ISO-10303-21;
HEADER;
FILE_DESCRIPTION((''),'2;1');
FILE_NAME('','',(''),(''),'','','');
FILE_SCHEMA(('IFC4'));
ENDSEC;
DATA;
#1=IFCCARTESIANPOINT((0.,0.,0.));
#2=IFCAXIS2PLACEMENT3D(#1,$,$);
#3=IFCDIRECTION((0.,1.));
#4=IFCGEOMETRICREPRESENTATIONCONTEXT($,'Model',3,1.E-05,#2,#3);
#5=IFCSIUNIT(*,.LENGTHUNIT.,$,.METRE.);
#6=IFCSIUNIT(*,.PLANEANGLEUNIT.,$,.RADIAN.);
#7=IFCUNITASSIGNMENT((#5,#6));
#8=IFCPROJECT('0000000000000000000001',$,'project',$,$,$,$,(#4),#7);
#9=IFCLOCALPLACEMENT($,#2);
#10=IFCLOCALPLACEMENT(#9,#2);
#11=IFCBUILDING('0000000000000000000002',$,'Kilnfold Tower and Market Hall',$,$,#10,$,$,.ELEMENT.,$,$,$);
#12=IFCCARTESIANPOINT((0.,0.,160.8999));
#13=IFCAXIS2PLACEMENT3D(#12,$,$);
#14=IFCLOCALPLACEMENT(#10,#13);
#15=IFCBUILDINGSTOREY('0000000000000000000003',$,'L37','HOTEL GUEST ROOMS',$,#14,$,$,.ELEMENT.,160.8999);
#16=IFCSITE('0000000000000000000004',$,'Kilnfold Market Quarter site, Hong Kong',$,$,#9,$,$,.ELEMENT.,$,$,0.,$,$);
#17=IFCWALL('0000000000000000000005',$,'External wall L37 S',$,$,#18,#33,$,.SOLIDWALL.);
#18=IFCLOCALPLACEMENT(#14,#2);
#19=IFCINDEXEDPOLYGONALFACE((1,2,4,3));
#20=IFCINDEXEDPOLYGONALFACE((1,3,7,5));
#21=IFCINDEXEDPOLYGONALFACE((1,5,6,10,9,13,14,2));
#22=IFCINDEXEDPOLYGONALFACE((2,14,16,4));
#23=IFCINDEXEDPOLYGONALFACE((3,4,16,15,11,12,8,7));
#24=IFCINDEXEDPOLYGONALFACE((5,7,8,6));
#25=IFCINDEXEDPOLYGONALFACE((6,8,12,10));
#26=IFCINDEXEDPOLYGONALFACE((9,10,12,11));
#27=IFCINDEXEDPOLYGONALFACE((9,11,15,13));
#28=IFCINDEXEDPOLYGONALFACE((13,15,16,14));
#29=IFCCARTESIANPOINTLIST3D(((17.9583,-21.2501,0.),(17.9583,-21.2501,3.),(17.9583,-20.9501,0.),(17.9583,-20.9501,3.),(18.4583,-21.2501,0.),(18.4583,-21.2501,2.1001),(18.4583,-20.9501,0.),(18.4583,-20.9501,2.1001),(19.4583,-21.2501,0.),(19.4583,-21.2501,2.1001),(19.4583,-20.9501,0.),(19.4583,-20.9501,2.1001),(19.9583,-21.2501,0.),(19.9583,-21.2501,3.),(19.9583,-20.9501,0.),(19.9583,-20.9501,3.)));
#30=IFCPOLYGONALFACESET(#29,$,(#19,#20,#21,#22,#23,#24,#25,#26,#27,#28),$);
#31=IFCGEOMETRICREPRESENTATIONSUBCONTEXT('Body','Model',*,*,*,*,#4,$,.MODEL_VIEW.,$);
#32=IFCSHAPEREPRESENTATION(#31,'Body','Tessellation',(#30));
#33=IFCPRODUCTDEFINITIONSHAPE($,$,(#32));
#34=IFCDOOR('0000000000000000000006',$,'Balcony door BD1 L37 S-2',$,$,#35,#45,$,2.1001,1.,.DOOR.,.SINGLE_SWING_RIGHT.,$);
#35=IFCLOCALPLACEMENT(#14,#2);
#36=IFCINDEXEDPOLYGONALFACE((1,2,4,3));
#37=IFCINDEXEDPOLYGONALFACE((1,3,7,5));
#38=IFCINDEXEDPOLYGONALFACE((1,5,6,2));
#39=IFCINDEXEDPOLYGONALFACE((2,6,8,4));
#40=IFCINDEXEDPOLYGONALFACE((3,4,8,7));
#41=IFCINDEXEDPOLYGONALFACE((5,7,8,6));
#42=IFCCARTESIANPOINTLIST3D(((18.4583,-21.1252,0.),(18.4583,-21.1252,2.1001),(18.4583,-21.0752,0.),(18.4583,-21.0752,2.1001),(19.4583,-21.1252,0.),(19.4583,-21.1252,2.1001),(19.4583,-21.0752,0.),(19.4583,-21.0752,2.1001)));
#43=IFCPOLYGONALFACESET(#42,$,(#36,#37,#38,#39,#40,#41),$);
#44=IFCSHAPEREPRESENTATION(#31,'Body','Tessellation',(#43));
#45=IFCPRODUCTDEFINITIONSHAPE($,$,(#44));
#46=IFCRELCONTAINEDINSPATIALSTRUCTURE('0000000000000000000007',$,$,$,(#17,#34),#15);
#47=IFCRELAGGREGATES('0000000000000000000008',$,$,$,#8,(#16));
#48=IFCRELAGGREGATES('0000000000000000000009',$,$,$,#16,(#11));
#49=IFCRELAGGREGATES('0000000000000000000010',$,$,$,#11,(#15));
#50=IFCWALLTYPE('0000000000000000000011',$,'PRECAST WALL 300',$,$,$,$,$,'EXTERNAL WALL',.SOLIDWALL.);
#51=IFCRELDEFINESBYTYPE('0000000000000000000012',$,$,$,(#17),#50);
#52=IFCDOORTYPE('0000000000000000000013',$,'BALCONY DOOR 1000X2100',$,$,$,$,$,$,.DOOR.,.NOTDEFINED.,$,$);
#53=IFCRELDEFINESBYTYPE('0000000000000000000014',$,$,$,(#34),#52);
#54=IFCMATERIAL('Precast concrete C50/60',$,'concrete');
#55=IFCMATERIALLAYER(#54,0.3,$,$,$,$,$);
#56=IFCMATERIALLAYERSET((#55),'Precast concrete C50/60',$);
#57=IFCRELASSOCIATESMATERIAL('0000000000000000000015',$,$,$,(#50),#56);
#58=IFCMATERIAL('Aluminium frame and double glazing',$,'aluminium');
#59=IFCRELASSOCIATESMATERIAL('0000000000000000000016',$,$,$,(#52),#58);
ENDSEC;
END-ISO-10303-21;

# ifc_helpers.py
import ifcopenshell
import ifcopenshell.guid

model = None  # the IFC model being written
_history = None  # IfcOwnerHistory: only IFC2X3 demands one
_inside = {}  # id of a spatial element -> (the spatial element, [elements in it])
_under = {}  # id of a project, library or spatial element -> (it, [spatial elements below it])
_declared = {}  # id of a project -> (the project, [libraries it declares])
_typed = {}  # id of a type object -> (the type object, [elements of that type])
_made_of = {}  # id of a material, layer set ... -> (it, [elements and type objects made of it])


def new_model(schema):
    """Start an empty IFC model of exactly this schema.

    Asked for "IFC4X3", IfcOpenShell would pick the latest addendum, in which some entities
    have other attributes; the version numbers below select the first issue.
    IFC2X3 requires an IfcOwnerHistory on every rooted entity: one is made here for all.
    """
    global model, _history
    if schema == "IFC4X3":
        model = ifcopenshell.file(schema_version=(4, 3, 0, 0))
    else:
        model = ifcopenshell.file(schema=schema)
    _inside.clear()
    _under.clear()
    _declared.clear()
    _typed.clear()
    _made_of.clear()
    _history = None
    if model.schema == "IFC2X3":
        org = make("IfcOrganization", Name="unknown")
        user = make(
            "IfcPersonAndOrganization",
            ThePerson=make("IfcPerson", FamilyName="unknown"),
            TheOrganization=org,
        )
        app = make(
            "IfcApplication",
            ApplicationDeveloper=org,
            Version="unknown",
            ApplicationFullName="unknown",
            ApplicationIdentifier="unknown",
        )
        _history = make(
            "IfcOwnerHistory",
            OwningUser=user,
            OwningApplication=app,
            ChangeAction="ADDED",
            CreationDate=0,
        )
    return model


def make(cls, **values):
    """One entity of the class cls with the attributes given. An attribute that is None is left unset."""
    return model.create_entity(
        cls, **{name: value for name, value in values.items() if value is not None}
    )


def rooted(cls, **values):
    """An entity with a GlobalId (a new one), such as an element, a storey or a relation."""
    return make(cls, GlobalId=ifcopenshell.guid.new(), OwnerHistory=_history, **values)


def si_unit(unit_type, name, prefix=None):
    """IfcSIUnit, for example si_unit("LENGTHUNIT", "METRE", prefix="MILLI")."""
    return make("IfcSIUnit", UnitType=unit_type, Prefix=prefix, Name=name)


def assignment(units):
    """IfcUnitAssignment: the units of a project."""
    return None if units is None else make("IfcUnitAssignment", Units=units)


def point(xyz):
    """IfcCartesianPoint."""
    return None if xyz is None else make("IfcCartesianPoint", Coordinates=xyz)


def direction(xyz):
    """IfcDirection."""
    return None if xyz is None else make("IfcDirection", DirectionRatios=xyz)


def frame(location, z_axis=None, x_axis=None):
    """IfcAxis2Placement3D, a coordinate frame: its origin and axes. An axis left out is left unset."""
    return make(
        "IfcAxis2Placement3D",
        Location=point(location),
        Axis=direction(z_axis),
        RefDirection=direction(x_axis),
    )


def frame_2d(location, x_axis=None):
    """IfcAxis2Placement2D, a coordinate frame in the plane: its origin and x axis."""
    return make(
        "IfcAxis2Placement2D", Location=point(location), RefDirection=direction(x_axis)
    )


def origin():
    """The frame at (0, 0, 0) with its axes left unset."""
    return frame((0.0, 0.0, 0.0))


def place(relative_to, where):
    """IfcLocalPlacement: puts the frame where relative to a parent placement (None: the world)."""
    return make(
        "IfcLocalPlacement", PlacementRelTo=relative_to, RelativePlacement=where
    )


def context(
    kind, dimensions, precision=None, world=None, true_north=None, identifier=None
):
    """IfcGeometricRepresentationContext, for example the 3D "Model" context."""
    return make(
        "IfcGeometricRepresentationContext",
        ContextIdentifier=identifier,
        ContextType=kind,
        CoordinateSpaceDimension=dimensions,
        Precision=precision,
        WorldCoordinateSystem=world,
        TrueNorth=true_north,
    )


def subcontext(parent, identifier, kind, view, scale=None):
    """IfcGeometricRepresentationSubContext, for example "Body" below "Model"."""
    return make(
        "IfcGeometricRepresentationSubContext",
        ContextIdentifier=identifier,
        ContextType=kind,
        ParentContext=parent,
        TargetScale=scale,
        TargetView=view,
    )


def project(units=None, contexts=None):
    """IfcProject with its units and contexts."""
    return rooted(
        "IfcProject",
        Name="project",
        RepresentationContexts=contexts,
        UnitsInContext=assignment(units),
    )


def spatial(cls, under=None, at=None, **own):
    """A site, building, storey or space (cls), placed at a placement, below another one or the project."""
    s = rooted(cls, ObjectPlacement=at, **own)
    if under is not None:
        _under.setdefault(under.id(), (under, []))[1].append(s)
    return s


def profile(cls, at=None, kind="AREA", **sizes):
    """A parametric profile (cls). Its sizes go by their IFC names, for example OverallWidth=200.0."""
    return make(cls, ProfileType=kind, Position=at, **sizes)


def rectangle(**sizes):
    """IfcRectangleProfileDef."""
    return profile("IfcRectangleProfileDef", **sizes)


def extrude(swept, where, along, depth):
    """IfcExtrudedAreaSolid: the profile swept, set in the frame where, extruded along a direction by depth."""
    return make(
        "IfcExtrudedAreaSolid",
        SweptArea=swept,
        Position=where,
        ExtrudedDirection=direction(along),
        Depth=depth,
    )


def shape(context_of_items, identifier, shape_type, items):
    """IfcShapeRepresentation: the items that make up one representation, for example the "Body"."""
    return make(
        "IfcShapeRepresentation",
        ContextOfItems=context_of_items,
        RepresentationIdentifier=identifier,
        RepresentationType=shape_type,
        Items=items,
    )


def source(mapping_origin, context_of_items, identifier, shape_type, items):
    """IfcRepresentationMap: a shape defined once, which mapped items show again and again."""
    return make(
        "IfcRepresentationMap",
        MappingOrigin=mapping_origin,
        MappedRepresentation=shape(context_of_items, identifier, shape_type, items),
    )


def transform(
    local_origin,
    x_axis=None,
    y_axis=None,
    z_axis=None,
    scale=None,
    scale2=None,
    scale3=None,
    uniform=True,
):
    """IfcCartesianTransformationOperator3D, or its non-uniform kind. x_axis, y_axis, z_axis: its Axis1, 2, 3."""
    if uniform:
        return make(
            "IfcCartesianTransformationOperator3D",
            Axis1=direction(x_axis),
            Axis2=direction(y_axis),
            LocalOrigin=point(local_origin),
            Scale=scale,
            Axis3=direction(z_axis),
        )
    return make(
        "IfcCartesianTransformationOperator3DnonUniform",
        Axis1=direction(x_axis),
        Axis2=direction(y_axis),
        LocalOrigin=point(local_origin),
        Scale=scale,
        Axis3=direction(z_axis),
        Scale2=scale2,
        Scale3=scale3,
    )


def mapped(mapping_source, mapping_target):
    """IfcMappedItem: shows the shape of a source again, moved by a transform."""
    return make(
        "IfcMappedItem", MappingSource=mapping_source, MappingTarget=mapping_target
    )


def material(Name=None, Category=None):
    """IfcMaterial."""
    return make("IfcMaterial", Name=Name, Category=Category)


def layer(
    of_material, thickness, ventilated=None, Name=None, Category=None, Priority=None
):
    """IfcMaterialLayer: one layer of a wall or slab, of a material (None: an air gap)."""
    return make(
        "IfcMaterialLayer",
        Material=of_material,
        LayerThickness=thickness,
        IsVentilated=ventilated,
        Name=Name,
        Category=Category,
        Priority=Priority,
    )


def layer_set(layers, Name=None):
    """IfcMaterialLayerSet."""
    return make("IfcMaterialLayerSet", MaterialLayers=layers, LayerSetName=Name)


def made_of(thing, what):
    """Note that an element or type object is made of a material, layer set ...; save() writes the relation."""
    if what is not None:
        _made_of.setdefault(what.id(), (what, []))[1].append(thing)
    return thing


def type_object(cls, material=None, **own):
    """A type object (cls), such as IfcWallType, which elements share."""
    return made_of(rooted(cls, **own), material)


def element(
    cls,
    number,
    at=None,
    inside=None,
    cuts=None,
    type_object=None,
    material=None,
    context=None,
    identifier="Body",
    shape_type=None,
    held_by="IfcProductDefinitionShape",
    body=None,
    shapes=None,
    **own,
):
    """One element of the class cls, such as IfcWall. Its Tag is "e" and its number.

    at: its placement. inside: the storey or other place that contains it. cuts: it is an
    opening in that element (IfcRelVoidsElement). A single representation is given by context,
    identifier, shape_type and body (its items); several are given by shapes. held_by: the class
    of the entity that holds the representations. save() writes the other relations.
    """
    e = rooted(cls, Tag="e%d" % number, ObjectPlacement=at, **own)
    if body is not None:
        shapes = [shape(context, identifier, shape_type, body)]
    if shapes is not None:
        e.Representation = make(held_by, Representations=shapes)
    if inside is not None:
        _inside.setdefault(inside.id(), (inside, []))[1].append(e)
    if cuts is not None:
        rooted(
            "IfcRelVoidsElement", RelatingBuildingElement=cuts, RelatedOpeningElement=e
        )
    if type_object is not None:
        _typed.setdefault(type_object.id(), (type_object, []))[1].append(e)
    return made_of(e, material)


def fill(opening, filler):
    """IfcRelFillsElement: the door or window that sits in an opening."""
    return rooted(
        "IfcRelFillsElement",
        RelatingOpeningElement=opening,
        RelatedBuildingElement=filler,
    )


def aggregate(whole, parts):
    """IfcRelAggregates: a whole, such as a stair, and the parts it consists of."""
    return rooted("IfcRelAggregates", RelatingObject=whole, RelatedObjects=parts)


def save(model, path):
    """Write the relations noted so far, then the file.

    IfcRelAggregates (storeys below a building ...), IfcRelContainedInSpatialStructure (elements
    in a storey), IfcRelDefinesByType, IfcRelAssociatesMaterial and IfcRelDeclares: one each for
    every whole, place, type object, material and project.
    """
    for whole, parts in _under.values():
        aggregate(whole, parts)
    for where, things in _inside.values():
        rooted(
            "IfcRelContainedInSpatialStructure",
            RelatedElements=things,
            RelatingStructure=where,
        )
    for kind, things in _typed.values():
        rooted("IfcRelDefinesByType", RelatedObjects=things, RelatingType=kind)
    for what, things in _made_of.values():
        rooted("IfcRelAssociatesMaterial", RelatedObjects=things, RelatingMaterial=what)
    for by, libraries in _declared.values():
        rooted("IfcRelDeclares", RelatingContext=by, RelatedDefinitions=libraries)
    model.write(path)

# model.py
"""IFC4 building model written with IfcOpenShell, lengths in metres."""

from ifc_helpers import new_model, si_unit, direction, frame, frame_2d, origin, place, context, subcontext, project, spatial, rectangle, extrude, source, transform, mapped, material, layer, layer_set, type_object, element, fill, save


model = new_model("IFC4")

# Units and contexts
model_context = context("Model", 3, precision=1e-05, world=origin(), true_north=direction((0.0, 1.0)))
body_context = subcontext(model_context, "Body", "Model", "MODEL_VIEW")
ifc_project = project(units=[si_unit("LENGTHUNIT", "METRE"), si_unit("PLANEANGLEUNIT", "RADIAN")], contexts=[model_context])

# Site, building, storey
site_placement = place(None, origin())
site = spatial("IfcSite", under=ifc_project, at=site_placement, Name="Kilnfold Market Quarter site, Hong Kong", CompositionType="ELEMENT", RefElevation=0.0)
building_placement = place(site_placement, origin())
building = spatial("IfcBuilding", under=site, at=building_placement, Name="Kilnfold Tower and Market Hall", CompositionType="ELEMENT")
storey_placement = place(building_placement, frame((0.0, 0.0, 160.8999)))
storey = spatial("IfcBuildingStorey", under=building, at=storey_placement, Name="L37", Description="HOTEL GUEST ROOMS", CompositionType="ELEMENT", Elevation=160.8999)

# Wall, opening, door
ifc_material_1 = material(Name="Precast concrete C50/60", Category="concrete")
ifc_layer_1 = layer(ifc_material_1, 0.3)
ifc_layer_set_1 = layer_set([ifc_layer_1], Name="Precast concrete C50/60")
wall_type_1 = type_object("IfcWallType", Name="PRECAST WALL 300", ElementType="EXTERNAL WALL", PredefinedType="SOLIDWALL", material=ifc_layer_set_1)
shared_shape_1 = source(origin(), body_context, "Body", "SweptSolid", [
    extrude(rectangle(XDim=2.0, YDim=0.3, at=frame_2d((1.0, 0.0))), origin(), (0.0, 0.0, 1.0), 3.0),
])
wall_1_placement = place(storey_placement, frame((17.9583, -21.1001, 0.0), z_axis=(0.0, 0.0, 1.0), x_axis=(1.0, 0.0, 0.0)))
wall_1 = element("IfcWall", 1, at=wall_1_placement, inside=storey, type_object=wall_type_1, Name="External wall L37 S", PredefinedType="SOLIDWALL", context=body_context, shape_type="MappedRepresentation", body=[
    mapped(shared_shape_1, transform((0.0, 0.0, 0.0))),
])
opening_1_placement = place(wall_1_placement, frame((0.5, 0.0, 0.0)))
opening_1 = element("IfcOpeningElement", 2, at=opening_1_placement, cuts=wall_1, PredefinedType="OPENING", context=body_context, shape_type="SweptSolid", body=[
    extrude(rectangle(XDim=1.0, YDim=2.1001, at=frame_2d((0.5, 1.05))), frame((0.0, 0.1602, 0.0), z_axis=(0.0, -1.0, 0.0), x_axis=(1.0, 0.0, 0.0)), (0.0, 0.0, 1.0), 0.3201),
])
ifc_material_2 = material(Name="Aluminium frame and double glazing", Category="aluminium")
door_type_1 = type_object("IfcDoorType", Name="BALCONY DOOR 1000X2100", OperationType="NOTDEFINED", PredefinedType="DOOR", material=ifc_material_2)
door_1_placement = place(opening_1_placement, origin())
door_1 = element("IfcDoor", 3, at=door_1_placement, inside=storey, type_object=door_type_1, Name="Balcony door BD1 L37 S-2", OperationType="SINGLE_SWING_RIGHT", OverallHeight=2.1001, OverallWidth=1.0, PredefinedType="DOOR", context=body_context, shape_type="SweptSolid", body=[
    extrude(rectangle(XDim=1.0, YDim=2.1001, at=frame_2d((0.5, 1.05))), frame((0.0, 0.0249, 0.0), z_axis=(0.0, -1.0, 0.0), x_axis=(1.0, 0.0, 0.0)), (0.0, 0.0, 1.0), 0.05),
])
fill(opening_1, door_1)

save(model, "model.ifc")
